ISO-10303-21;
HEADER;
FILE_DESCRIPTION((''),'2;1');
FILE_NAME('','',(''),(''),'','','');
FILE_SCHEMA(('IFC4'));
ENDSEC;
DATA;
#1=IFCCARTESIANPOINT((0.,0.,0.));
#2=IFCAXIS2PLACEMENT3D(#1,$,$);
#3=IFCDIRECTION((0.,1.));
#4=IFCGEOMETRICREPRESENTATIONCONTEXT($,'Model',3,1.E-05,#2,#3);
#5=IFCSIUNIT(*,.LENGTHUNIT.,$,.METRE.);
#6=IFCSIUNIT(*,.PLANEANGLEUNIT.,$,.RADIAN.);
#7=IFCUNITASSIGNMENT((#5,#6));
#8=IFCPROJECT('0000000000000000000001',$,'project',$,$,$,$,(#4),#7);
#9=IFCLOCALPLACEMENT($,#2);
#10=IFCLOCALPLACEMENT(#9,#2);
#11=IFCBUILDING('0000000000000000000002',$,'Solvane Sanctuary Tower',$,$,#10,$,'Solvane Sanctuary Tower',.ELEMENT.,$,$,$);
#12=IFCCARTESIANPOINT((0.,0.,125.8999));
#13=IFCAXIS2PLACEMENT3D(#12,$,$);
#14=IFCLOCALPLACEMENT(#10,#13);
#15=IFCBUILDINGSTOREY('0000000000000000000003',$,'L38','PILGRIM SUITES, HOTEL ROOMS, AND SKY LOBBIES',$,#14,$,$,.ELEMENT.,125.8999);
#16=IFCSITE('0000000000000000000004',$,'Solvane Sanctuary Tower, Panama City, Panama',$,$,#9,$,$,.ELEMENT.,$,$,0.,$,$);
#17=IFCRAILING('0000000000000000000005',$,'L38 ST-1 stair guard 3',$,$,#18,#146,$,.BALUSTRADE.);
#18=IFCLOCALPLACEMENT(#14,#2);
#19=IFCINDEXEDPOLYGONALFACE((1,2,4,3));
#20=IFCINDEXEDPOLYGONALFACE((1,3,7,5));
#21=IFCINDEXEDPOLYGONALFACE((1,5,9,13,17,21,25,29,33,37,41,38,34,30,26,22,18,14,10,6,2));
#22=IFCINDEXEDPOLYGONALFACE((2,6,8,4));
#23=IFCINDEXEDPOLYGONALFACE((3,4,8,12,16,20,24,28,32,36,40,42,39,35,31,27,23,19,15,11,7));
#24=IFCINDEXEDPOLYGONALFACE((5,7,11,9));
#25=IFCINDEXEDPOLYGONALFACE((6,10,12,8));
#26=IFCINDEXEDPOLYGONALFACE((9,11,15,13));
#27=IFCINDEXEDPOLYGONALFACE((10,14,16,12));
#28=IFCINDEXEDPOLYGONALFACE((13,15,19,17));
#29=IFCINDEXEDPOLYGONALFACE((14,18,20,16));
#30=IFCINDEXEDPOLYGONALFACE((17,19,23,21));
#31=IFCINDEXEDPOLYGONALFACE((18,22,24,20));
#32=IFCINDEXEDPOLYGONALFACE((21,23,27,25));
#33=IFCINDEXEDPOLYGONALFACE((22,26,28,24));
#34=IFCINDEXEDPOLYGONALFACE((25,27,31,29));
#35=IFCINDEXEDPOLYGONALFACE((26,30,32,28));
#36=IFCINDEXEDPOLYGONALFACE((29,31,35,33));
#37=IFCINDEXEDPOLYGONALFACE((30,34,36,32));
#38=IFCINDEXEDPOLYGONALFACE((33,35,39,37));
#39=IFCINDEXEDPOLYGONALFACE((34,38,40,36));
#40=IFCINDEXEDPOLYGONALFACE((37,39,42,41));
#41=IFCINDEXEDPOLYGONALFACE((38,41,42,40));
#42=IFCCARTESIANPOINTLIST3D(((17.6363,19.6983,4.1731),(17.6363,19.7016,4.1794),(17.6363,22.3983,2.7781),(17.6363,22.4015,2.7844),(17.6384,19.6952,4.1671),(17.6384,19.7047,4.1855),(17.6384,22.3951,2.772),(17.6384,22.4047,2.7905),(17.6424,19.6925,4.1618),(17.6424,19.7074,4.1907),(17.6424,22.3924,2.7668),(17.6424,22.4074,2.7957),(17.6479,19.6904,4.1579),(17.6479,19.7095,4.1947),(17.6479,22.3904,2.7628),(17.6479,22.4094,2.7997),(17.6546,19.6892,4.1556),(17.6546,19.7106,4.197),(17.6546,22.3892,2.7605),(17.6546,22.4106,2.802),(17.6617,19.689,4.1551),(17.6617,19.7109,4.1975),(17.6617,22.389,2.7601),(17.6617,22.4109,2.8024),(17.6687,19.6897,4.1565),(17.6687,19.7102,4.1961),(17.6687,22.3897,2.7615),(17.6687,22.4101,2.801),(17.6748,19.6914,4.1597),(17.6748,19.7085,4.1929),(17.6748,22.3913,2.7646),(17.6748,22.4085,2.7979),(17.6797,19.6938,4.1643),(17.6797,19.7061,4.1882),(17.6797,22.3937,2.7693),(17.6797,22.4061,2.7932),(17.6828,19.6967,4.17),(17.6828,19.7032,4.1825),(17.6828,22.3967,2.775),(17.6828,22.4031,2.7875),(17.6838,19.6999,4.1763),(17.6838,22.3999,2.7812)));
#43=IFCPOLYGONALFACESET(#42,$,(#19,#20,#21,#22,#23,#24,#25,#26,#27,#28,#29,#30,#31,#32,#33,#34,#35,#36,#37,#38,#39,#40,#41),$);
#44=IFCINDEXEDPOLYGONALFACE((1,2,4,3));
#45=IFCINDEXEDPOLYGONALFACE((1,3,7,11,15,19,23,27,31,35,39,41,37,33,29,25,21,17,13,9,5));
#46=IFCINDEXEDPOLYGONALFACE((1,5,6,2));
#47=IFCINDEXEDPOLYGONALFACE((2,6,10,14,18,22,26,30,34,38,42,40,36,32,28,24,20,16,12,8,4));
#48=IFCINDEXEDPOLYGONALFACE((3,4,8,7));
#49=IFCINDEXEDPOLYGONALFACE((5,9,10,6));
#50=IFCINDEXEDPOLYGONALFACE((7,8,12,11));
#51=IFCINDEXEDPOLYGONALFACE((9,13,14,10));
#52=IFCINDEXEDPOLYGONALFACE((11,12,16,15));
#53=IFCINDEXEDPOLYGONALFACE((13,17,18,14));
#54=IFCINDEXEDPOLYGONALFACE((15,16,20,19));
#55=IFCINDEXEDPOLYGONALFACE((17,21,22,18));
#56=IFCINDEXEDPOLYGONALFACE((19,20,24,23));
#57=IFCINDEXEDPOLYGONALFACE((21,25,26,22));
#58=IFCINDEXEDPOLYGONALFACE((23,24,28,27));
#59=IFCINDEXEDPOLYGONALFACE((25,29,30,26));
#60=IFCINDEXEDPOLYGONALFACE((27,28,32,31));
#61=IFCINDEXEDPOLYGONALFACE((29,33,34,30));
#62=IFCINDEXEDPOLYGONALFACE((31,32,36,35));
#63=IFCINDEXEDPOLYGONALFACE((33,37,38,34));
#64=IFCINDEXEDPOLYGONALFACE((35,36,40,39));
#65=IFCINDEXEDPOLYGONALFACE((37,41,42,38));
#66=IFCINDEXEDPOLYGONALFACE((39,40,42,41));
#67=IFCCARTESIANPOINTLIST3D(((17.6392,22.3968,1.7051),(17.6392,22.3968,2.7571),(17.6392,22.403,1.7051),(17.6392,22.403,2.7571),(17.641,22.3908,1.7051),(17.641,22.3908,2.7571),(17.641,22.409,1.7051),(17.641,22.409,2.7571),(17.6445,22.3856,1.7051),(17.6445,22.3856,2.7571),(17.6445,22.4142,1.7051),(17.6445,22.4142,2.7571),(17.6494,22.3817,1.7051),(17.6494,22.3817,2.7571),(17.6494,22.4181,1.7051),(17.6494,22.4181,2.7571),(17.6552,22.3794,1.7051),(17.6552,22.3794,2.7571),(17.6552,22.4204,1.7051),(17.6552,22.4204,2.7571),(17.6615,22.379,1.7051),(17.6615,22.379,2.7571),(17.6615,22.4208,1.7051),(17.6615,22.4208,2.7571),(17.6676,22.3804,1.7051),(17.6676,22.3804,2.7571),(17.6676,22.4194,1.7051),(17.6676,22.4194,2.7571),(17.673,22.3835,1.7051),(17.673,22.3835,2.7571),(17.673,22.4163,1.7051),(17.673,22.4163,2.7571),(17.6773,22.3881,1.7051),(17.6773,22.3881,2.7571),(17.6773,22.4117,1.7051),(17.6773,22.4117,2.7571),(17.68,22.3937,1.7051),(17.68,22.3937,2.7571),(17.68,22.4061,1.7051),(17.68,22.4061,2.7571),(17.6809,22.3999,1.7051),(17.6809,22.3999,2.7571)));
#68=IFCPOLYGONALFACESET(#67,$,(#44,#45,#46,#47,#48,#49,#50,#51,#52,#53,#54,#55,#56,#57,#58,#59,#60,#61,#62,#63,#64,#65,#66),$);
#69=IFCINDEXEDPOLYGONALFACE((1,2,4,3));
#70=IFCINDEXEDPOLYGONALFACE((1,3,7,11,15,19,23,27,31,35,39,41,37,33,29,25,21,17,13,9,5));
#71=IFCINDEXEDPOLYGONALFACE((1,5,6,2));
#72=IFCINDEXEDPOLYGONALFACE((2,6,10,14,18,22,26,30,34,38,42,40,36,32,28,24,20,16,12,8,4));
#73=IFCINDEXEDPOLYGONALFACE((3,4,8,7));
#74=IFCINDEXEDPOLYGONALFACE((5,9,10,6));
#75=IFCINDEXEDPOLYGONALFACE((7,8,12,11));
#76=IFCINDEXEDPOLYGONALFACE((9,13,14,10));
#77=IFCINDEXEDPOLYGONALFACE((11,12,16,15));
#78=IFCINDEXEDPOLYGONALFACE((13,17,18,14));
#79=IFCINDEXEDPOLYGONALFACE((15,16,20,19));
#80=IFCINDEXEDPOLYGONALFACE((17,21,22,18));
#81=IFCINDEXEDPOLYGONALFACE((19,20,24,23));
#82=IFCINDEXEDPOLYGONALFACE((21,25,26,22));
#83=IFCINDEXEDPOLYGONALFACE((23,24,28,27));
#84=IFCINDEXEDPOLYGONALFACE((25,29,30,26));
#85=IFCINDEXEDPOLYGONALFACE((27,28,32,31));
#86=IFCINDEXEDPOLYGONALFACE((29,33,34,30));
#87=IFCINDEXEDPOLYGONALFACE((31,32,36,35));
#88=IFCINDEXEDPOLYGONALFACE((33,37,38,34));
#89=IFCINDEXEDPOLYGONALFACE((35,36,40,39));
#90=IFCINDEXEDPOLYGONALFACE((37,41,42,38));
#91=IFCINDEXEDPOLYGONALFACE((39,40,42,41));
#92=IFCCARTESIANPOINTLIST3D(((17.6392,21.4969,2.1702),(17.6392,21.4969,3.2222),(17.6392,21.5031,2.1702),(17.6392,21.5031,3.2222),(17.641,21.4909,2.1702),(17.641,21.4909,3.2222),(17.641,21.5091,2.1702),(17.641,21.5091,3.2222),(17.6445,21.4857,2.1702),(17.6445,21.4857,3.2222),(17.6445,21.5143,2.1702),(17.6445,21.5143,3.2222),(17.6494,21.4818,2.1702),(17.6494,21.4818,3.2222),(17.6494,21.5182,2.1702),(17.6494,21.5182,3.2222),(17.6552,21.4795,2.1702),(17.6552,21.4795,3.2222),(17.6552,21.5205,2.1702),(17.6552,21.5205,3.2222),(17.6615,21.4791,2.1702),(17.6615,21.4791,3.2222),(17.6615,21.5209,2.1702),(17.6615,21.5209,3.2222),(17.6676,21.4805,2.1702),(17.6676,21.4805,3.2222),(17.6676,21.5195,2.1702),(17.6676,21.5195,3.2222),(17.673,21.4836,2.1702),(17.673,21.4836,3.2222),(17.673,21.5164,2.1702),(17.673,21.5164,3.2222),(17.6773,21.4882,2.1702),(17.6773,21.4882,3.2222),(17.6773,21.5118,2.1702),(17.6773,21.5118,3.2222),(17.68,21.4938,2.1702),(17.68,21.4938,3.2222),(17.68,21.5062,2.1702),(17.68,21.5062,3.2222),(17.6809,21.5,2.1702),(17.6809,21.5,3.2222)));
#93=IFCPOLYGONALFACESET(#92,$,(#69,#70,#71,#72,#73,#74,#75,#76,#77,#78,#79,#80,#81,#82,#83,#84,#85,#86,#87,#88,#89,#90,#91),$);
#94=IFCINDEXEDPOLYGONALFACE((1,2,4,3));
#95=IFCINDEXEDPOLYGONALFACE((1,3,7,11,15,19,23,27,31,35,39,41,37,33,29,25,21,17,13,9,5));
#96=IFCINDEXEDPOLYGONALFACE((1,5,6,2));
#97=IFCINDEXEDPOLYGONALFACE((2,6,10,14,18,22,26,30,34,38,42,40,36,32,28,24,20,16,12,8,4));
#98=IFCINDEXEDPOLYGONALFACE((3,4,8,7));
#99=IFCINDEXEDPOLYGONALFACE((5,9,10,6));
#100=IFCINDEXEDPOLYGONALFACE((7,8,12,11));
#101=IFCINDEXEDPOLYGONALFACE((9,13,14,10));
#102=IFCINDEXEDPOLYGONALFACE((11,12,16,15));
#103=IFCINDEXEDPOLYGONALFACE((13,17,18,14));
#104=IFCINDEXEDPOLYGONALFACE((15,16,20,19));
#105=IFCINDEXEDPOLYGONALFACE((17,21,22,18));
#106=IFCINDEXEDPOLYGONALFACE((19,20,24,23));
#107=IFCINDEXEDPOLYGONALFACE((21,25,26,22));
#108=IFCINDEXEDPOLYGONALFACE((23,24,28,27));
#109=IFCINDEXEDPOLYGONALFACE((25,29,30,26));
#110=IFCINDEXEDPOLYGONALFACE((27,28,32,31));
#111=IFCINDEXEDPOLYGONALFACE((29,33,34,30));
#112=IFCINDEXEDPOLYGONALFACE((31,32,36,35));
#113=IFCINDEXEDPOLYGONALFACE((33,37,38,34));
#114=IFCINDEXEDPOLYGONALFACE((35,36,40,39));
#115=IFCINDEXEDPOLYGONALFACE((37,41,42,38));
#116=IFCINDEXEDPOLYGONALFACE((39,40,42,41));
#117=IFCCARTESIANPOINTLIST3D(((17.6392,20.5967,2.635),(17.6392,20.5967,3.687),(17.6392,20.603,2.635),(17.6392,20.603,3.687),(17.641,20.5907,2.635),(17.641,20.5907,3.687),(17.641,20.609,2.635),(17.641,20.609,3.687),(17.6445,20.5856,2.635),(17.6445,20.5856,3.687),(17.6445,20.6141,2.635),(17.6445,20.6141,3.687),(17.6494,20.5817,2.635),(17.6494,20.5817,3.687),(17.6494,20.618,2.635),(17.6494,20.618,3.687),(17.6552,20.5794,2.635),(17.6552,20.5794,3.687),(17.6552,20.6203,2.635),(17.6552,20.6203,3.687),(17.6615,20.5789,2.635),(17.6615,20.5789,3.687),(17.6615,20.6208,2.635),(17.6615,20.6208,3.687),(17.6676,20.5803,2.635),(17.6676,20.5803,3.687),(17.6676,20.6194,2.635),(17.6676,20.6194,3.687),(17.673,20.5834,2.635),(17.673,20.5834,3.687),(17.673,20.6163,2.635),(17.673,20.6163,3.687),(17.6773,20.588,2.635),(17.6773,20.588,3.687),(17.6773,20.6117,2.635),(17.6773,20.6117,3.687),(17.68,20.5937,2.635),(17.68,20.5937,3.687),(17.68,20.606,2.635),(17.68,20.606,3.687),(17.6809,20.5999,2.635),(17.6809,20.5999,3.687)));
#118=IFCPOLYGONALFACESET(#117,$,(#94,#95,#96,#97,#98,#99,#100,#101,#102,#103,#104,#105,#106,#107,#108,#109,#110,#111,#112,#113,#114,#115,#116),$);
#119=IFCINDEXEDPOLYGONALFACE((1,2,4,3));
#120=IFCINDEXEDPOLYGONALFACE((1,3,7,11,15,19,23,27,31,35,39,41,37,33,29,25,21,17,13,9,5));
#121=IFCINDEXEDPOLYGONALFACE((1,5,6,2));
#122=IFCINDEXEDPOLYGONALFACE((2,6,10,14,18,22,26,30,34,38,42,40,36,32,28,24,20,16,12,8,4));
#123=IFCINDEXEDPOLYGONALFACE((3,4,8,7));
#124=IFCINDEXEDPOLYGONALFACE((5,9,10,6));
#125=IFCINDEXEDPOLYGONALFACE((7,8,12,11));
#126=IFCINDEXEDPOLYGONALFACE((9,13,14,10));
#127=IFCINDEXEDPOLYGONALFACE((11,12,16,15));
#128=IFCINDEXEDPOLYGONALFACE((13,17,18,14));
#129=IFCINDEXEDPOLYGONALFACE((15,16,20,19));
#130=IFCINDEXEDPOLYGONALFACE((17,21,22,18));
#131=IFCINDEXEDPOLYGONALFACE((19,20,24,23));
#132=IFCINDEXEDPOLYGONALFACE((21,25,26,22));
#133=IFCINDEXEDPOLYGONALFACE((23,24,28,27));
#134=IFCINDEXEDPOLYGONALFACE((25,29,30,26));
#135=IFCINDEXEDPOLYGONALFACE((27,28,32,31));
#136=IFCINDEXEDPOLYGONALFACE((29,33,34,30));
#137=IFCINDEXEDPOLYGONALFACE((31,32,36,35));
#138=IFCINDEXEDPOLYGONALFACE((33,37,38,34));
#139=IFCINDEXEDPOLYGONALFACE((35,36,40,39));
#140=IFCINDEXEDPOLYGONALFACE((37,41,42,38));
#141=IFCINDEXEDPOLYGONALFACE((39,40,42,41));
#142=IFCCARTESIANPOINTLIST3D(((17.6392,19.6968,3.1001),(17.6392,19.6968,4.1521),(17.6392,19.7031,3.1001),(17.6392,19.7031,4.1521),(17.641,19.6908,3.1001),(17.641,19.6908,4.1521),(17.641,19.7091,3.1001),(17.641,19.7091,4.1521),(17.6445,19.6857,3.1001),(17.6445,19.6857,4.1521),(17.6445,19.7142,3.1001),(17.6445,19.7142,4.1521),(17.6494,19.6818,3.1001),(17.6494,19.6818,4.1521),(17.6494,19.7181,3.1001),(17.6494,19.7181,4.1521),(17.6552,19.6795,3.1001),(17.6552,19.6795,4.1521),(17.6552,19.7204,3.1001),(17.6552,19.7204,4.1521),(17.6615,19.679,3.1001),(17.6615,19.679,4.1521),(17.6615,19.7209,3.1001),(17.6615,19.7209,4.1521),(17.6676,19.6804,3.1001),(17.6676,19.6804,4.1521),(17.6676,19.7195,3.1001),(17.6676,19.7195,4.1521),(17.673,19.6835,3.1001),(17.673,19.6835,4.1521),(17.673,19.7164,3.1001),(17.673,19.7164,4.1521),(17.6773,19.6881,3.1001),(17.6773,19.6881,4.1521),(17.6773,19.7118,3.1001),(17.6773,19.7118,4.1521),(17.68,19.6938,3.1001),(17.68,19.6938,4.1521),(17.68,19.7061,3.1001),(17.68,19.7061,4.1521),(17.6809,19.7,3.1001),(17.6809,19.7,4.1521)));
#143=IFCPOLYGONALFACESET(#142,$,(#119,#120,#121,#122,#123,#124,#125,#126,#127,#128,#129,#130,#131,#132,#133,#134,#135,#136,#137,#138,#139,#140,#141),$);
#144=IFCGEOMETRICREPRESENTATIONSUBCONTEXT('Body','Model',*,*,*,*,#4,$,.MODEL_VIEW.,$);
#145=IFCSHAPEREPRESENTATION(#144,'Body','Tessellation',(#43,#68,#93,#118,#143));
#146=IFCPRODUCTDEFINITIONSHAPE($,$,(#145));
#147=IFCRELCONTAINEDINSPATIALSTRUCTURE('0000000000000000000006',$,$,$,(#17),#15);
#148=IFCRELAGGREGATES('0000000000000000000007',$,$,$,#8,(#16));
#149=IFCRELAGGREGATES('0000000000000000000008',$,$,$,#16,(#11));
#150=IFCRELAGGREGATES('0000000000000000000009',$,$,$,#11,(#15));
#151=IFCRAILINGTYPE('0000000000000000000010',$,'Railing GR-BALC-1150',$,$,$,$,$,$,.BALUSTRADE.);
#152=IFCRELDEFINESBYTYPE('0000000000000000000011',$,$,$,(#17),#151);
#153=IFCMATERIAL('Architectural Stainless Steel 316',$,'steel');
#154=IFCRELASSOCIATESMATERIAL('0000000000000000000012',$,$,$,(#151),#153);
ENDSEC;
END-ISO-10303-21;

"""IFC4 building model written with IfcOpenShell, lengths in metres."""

from ifc_helpers import new_model, si_unit, direction, frame, origin, origin_2d, place, context, subcontext, project, spatial, circle, extrude, material, type_object, element, save


model = new_model("IFC4")

# Units and contexts
model_context = context("Model", 3, precision=1e-05, world=origin(), true_north=direction((0.0, 1.0)))
body_context = subcontext(model_context, "Body", "Model", "MODEL_VIEW")
ifc_project = project(units=[si_unit("LENGTHUNIT", "METRE"), si_unit("PLANEANGLEUNIT", "RADIAN")], contexts=[model_context])

# Site, building, storey
site_placement = place(None, origin())
site = spatial("IfcSite", under=ifc_project, at=site_placement, Name="Solvane Sanctuary Tower, Panama City, Panama", CompositionType="ELEMENT", RefElevation=0.0)
building_placement = place(site_placement, origin())
building = spatial("IfcBuilding", under=site, at=building_placement, Name="Solvane Sanctuary Tower", LongName="Solvane Sanctuary Tower", CompositionType="ELEMENT")
storey_placement = place(building_placement, frame((0.0, 0.0, 125.8999)))
storey = spatial("IfcBuildingStorey", under=building, at=storey_placement, Name="L38", Description="PILGRIM SUITES, HOTEL ROOMS, AND SKY LOBBIES", CompositionType="ELEMENT", Elevation=125.8999)

# Shared definitions
ifc_material_1 = material(Name="Architectural Stainless Steel 316", Category="steel")

# Railing
railing_type_1 = type_object("IfcRailingType", Name="Railing GR-BALC-1150", PredefinedType="BALUSTRADE", material=ifc_material_1)
railing_1_placement = place(storey_placement, frame((17.6599, 22.3999, 1.7051)))
element("IfcRailing", 1, at=railing_1_placement, inside=storey, type_object=railing_type_1, Name="L38 ST-1 stair guard 3", PredefinedType="BALUSTRADE", context=body_context, shape_type="SweptSolid", body=[
    extrude(circle(Radius=0.0239, at=origin_2d()), frame((0.0, 0.0, 1.0762), z_axis=(0.0, -0.88842, 0.459032), x_axis=(1.0, 0.0, 0.0)), (0.0, 0.0, 1.0), 3.0391),
    extrude(circle(Radius=0.021, at=origin_2d()), origin(), (0.0, 0.0, 1.0), 1.052),
    extrude(circle(Radius=0.021, at=origin_2d()), frame((0.0, -0.8999, 0.4651)), (0.0, 0.0, 1.0), 1.052),
    extrude(circle(Radius=0.021, at=origin_2d()), frame((0.0, -1.8, 0.9299)), (0.0, 0.0, 1.0), 1.052),
    extrude(circle(Radius=0.021, at=origin_2d()), frame((0.0, -2.7, 1.395)), (0.0, 0.0, 1.0), 1.052),
])

save(model, "model.ifc")
